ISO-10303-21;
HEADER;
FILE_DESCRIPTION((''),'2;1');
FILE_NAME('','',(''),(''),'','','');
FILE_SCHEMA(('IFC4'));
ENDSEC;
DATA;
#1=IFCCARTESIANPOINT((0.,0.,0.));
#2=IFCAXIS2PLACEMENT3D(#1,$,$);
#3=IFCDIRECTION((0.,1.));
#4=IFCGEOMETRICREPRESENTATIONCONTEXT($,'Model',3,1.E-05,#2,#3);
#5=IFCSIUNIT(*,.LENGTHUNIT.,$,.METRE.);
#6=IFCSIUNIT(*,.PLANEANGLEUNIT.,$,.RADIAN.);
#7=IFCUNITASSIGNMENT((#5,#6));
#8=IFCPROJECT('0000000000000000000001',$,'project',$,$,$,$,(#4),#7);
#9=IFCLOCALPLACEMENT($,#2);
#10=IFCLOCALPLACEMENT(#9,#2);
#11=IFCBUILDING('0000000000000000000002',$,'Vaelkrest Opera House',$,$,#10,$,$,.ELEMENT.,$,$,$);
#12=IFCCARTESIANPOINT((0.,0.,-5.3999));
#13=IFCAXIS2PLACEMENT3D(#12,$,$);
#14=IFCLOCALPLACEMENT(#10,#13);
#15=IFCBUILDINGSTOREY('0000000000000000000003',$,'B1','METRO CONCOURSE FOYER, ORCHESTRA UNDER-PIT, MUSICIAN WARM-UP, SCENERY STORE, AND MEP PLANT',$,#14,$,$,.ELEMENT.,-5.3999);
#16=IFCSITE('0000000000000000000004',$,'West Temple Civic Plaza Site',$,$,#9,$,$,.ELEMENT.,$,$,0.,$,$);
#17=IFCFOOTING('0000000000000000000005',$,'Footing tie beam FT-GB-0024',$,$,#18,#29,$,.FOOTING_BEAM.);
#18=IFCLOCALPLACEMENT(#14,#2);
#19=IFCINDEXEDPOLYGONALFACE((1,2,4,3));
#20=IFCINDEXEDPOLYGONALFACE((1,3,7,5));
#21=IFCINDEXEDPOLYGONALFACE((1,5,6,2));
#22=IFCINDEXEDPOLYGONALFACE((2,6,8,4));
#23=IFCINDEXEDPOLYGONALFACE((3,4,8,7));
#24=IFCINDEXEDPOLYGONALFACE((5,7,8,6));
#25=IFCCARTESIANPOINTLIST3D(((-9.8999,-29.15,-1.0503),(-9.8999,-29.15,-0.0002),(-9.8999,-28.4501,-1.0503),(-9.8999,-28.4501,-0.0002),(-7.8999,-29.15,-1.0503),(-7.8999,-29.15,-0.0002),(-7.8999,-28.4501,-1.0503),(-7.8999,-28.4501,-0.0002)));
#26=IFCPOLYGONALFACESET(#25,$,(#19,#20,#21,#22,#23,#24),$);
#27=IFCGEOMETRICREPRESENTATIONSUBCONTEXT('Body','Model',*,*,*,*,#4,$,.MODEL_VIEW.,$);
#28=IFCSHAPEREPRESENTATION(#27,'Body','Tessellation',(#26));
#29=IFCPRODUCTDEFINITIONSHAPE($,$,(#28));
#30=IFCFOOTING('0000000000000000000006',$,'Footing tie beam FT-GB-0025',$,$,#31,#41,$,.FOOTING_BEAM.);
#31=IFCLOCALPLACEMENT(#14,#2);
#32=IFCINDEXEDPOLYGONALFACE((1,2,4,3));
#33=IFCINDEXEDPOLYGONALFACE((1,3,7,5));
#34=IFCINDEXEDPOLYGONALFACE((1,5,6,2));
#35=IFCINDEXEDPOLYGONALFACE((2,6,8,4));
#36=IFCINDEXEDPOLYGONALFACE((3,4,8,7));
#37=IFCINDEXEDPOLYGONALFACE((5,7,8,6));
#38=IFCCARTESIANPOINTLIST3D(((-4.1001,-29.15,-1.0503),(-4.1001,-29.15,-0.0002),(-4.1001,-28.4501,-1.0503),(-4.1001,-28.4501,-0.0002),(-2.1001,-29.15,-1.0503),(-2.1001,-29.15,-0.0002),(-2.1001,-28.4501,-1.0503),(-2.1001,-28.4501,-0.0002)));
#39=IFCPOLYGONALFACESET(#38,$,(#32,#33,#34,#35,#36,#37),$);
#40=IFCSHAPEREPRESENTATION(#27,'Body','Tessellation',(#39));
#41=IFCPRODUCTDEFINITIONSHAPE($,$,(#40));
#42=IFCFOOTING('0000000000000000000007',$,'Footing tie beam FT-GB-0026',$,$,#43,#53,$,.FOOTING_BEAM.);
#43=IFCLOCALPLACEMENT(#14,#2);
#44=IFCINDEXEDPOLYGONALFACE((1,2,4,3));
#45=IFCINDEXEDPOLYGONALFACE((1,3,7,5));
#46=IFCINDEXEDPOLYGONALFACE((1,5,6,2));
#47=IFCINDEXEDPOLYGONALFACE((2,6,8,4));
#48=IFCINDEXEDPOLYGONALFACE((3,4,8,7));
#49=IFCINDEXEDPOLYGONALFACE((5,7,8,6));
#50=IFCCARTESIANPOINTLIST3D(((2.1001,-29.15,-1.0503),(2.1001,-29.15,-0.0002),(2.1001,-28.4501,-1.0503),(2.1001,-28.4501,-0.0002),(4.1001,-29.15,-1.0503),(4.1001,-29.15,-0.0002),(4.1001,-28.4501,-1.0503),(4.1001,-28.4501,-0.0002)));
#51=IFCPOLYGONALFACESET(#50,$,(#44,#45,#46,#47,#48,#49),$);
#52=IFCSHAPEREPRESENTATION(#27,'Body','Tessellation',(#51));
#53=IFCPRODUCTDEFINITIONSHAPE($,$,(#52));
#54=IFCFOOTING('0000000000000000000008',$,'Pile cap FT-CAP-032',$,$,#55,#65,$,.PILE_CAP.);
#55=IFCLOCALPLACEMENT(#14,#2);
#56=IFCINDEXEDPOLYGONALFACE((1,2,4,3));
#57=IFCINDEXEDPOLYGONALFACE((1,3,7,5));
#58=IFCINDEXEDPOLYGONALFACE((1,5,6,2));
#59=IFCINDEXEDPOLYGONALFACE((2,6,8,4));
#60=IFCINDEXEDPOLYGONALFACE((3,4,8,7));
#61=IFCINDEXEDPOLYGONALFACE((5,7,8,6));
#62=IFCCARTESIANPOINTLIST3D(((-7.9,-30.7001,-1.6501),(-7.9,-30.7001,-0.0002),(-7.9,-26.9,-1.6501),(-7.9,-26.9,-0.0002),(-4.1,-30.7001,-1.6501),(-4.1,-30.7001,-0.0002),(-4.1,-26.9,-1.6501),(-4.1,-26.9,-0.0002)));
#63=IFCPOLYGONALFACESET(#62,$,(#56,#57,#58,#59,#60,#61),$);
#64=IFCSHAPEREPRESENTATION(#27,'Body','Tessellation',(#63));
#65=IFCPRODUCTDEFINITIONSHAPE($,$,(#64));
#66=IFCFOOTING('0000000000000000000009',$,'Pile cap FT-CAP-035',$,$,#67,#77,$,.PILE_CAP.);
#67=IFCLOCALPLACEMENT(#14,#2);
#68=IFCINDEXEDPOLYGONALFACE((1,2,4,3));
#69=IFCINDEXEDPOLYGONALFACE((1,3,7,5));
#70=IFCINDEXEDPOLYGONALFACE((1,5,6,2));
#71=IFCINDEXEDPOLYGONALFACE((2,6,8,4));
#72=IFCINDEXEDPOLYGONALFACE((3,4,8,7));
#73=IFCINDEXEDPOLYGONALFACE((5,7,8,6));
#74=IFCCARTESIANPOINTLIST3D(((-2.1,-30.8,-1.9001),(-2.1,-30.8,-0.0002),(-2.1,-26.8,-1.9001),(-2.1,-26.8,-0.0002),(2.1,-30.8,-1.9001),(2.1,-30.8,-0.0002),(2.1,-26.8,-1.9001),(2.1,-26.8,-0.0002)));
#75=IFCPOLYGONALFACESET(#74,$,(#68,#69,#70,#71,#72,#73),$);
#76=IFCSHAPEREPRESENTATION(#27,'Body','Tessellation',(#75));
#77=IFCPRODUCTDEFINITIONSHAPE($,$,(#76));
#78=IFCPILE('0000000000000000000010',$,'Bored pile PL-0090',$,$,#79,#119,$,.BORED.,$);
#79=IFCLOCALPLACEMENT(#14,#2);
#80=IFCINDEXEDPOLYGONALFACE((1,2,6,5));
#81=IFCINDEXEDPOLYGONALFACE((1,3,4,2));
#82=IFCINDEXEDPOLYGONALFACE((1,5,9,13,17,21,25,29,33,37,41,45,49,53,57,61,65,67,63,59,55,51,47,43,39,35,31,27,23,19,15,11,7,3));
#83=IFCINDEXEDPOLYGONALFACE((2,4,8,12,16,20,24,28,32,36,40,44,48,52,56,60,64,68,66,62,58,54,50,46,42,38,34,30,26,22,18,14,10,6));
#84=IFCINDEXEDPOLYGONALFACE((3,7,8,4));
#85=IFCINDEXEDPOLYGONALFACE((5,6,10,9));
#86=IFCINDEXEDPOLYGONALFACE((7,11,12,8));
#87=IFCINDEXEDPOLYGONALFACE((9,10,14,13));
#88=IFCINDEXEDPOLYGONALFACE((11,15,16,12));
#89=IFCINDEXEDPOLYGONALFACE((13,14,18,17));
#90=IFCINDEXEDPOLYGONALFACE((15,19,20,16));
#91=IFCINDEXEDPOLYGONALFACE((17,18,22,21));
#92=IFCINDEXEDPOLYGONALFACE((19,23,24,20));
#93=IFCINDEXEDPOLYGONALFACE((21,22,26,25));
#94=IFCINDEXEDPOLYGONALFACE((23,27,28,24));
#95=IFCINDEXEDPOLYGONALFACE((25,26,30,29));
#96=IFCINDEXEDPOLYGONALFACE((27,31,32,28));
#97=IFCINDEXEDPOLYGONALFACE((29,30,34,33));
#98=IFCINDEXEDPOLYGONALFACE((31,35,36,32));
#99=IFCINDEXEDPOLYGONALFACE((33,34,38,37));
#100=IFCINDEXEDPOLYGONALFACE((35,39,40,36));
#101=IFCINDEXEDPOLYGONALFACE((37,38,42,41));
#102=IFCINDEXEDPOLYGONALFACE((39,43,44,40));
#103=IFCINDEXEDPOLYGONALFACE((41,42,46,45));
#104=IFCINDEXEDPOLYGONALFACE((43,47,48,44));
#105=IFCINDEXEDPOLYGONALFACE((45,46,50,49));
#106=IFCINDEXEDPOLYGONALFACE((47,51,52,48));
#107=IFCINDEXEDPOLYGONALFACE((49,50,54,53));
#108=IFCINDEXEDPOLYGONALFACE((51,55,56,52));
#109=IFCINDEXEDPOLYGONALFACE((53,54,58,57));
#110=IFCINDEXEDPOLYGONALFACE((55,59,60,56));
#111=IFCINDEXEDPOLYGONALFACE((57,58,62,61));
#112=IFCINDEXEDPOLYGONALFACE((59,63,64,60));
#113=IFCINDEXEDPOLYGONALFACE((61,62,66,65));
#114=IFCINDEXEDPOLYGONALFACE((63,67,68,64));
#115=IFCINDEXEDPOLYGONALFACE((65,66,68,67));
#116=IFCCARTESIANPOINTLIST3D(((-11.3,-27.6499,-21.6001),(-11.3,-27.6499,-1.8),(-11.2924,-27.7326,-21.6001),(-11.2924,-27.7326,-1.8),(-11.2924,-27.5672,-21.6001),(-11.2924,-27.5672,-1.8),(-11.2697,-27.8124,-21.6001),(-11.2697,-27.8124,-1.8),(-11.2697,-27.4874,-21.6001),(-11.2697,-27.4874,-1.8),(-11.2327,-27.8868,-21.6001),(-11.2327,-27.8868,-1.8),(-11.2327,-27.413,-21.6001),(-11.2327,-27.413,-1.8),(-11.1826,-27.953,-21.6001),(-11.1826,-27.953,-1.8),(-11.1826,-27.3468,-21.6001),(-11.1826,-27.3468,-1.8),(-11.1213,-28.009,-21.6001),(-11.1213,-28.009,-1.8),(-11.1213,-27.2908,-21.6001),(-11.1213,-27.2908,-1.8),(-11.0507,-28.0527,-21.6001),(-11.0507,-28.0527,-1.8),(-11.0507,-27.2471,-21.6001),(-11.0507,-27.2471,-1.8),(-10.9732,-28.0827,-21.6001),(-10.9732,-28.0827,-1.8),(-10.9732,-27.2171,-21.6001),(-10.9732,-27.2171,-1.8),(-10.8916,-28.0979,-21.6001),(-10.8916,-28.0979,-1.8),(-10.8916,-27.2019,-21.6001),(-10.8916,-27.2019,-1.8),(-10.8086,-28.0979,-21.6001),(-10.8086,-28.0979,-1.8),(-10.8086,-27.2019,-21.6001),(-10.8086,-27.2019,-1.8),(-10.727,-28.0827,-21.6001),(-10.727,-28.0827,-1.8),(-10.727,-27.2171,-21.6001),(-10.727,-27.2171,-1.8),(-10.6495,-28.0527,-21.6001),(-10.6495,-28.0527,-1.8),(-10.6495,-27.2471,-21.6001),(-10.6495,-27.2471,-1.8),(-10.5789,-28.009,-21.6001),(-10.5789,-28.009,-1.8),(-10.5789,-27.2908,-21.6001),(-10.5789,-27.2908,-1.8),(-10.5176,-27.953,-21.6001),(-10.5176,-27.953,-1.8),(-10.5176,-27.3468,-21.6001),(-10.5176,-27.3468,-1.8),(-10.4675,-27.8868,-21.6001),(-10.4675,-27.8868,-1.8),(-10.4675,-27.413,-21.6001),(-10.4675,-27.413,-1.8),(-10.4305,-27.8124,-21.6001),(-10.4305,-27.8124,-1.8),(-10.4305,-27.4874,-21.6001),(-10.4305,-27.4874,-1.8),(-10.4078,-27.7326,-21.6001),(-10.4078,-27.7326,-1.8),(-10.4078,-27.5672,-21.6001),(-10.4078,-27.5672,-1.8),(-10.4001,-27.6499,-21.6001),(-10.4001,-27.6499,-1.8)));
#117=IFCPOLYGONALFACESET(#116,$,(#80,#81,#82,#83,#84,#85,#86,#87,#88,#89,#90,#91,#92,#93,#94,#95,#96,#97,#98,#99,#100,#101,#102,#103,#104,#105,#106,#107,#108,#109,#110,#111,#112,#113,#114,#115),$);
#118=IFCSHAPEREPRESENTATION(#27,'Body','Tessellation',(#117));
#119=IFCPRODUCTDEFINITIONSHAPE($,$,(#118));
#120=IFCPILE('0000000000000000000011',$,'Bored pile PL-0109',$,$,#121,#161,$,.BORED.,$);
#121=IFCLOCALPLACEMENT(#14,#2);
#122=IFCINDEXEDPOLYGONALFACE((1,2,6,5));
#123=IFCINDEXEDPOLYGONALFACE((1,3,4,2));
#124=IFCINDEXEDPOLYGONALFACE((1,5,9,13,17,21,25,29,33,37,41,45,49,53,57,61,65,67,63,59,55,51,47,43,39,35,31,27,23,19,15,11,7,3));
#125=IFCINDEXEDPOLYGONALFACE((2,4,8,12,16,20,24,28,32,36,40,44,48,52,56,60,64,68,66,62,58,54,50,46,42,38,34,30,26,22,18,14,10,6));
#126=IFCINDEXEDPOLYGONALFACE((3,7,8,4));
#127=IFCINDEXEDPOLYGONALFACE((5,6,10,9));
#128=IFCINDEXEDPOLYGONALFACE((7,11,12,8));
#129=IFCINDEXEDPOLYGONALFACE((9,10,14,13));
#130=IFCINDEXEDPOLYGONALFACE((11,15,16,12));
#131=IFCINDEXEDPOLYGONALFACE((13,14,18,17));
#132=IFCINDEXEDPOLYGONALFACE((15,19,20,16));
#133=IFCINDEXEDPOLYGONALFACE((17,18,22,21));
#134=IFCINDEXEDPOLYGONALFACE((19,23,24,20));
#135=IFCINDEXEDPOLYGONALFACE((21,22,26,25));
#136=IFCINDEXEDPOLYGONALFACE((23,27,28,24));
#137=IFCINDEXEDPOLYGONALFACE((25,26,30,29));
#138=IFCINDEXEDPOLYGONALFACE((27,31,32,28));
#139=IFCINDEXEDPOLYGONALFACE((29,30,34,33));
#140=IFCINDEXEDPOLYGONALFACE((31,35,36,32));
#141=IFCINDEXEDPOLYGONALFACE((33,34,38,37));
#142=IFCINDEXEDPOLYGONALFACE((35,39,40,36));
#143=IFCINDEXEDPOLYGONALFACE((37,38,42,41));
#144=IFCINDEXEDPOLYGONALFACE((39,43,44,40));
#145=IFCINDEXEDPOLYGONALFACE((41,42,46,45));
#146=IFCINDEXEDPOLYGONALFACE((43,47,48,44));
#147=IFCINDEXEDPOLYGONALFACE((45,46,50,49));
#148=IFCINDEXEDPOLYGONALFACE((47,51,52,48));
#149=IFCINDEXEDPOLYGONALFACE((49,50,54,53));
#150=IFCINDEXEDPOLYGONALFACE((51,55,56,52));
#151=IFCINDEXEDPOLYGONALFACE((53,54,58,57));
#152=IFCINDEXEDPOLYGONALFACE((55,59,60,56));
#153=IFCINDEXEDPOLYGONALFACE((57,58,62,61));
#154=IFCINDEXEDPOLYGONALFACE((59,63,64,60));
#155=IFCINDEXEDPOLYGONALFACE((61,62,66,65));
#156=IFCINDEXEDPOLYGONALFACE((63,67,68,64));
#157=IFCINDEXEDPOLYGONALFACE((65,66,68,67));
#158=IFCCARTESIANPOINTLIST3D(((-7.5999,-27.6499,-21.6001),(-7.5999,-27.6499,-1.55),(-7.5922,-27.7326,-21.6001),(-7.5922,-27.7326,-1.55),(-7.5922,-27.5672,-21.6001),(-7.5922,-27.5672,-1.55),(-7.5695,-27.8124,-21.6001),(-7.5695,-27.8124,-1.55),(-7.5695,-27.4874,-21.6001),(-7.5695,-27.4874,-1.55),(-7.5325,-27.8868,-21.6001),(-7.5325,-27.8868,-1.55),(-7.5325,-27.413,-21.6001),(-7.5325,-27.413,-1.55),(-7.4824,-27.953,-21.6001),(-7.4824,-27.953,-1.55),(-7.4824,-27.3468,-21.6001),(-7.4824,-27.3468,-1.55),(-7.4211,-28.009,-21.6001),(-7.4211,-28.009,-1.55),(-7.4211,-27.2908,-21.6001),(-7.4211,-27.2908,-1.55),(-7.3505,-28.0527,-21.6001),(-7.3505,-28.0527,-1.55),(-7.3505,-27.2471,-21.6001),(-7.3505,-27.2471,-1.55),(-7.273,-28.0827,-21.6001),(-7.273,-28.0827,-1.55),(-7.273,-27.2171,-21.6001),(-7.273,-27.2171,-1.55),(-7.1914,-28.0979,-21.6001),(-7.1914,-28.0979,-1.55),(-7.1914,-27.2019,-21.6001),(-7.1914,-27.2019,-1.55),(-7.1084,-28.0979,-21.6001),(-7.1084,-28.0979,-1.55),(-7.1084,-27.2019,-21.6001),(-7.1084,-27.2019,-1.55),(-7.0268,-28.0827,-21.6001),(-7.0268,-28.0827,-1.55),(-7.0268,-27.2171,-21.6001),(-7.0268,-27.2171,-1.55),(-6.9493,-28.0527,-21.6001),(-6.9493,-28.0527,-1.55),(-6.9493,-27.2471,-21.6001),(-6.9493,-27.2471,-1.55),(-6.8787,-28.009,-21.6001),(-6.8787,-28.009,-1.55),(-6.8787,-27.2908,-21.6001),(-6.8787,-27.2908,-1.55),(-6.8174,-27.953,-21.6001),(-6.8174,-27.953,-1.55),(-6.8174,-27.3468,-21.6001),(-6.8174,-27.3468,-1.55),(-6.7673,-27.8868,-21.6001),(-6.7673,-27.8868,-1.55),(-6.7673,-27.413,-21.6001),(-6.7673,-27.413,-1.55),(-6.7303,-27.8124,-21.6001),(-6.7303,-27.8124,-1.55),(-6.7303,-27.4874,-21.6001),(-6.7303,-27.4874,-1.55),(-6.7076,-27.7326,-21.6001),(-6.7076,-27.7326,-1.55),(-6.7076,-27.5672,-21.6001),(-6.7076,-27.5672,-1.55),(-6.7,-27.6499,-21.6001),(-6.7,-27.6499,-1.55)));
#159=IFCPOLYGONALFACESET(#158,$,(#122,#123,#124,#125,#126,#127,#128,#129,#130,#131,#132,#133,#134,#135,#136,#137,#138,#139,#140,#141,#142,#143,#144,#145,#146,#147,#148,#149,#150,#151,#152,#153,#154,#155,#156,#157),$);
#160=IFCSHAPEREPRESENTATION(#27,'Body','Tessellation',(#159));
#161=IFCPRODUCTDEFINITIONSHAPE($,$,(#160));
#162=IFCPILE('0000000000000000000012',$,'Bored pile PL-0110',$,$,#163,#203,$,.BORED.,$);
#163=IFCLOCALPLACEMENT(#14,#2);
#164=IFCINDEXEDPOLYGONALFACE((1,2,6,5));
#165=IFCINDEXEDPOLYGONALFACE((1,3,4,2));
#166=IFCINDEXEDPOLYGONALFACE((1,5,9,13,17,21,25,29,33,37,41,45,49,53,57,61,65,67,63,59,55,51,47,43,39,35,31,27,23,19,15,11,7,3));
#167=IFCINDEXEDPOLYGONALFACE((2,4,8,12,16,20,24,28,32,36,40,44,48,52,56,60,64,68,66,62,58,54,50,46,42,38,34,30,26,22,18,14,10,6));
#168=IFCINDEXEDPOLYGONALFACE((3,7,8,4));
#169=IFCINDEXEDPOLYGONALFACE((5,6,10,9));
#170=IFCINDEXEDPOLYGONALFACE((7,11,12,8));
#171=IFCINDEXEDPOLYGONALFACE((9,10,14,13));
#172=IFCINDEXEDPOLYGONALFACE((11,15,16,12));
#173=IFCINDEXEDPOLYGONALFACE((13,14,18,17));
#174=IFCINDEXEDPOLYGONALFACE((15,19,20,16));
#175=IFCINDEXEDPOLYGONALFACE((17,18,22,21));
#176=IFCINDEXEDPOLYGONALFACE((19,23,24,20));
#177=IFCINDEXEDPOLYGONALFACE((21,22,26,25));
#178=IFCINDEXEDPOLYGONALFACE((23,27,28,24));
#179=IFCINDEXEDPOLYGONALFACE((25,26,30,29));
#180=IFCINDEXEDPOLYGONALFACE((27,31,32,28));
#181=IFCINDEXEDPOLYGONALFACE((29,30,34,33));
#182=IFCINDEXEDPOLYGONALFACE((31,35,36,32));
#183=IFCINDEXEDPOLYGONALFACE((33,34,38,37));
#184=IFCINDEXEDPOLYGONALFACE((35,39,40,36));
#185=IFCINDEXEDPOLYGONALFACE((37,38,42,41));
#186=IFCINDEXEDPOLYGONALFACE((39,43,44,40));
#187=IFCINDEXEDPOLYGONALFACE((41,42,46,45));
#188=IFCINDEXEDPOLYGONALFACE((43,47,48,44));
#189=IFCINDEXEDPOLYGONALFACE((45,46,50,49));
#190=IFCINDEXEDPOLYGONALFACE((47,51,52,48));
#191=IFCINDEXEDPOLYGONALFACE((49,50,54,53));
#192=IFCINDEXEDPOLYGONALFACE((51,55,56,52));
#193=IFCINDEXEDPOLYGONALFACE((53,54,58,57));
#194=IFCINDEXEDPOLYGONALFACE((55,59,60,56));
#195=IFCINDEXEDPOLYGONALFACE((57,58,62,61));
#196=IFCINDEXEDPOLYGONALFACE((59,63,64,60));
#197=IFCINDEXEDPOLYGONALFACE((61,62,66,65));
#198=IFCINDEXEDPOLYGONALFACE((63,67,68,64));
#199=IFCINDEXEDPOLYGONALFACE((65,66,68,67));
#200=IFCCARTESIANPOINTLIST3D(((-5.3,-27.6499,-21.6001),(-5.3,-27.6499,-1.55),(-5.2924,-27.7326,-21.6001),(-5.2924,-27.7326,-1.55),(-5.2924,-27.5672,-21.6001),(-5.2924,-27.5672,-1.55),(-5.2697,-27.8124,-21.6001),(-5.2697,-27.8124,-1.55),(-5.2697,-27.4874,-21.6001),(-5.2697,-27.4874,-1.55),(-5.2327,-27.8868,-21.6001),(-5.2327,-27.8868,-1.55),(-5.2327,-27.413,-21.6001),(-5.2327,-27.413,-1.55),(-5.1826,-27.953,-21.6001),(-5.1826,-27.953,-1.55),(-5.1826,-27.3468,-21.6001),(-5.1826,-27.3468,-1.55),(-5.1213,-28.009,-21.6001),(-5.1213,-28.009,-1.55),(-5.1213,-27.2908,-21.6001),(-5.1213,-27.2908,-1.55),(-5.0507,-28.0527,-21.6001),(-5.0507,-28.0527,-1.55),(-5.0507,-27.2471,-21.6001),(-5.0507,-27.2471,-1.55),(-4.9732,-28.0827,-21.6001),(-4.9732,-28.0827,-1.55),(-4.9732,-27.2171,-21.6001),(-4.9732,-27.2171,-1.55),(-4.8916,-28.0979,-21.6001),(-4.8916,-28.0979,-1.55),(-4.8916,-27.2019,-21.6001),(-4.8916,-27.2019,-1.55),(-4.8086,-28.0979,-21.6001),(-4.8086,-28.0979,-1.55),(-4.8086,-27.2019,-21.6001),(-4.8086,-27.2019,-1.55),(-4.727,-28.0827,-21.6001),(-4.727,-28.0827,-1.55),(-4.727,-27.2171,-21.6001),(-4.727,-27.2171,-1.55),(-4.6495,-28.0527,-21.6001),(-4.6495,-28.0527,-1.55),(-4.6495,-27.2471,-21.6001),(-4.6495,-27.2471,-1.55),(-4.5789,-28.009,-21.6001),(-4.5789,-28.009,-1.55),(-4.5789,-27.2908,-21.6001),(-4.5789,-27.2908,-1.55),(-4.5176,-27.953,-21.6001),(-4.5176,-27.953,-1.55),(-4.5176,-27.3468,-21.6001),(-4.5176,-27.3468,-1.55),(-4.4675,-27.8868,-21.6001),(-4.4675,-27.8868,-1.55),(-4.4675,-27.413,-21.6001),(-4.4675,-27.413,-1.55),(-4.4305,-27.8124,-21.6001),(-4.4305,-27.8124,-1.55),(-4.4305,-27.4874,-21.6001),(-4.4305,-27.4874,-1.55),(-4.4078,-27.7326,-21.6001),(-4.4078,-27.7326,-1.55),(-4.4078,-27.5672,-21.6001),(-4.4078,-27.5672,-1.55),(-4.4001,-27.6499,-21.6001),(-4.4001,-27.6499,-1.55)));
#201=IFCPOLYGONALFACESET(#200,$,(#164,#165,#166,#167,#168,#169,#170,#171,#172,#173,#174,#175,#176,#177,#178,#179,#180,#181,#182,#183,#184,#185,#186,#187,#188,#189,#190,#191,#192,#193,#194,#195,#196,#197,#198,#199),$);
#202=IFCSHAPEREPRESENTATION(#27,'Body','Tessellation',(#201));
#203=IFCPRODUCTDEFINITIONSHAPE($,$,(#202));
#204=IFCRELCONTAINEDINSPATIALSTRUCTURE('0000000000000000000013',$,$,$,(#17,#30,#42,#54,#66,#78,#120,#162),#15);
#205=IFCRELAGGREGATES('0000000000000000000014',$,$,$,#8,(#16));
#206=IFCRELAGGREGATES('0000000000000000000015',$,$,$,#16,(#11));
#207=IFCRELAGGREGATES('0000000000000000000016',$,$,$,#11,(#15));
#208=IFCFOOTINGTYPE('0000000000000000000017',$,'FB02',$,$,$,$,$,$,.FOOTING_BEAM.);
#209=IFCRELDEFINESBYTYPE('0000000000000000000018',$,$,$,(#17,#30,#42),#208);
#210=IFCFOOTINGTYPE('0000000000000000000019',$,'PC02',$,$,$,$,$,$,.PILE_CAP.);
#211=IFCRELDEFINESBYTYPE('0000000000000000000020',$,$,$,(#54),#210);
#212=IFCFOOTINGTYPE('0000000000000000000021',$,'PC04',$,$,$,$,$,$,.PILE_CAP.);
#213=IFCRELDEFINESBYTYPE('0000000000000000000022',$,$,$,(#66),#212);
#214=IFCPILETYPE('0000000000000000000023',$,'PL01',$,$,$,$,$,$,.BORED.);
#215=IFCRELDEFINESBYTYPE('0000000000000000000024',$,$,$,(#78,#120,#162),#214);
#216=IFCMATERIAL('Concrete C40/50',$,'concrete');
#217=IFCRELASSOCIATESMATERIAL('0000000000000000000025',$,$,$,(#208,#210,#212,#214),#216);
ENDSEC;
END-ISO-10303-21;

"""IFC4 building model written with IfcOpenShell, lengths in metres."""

from ifc_helpers import new_model, si_unit, direction, frame, origin, origin_2d, place, context, subcontext, project, spatial, rectangle, circle, extrude, material, material_profile, profile_set, type_object, element, save


model = new_model("IFC4")

# Units and contexts
model_context = context("Model", 3, precision=1e-05, world=origin(), true_north=direction((0.0, 1.0)))
body_context = subcontext(model_context, "Body", "Model", "MODEL_VIEW")
ifc_project = project(units=[si_unit("LENGTHUNIT", "METRE"), si_unit("PLANEANGLEUNIT", "RADIAN")], contexts=[model_context])

# Site, building, storey
site_placement = place(None, origin())
site = spatial("IfcSite", under=ifc_project, at=site_placement, Name="West Temple Civic Plaza Site", CompositionType="ELEMENT", RefElevation=0.0)
building_placement = place(site_placement, origin())
building = spatial("IfcBuilding", under=site, at=building_placement, Name="Vaelkrest Opera House", CompositionType="ELEMENT")
storey_placement = place(building_placement, frame((0.0, 0.0, -5.3999)))
storey = spatial("IfcBuildingStorey", under=building, at=storey_placement, Name="B1", Description="METRO CONCOURSE FOYER, ORCHESTRA UNDER-PIT, MUSICIAN WARM-UP, SCENERY STORE, AND MEP PLANT", CompositionType="ELEMENT", Elevation=-5.3999)

# Footings
ifc_material_1 = material(Name="Concrete C40/50", Category="concrete")
footing_type_1 = type_object("IfcFootingType", Name="FB02", PredefinedType="FOOTING_BEAM", material=ifc_material_1)
for number, where, z_axis, x_axis, name in (
    (1, (-8.8999, -28.8, -1.0503), (0.0, 0.0, 1.0), (1.0, 0.0, 0.0), "Footing tie beam FT-GB-0024"),
    (2, (-3.1001, -28.8, -1.0503), (0.0, 0.0, 1.0), (1.0, 0.0, 0.0), "Footing tie beam FT-GB-0025"),
    (3, (3.1001, -28.8, -1.0503), (0.0, 0.0, 1.0), (1.0, 0.0, 0.0), "Footing tie beam FT-GB-0026"),
):
    element("IfcFooting", number, at=place(storey_placement, frame(where, z_axis=z_axis, x_axis=x_axis)), inside=storey, type_object=footing_type_1, Name=name, PredefinedType="FOOTING_BEAM", context=body_context, shape_type="SweptSolid", body=[
        extrude(rectangle(XDim=2.0, YDim=0.7, at=origin_2d()), origin(), (0.0, 0.0, 1.0), 1.05),
    ])
footing_type_2 = type_object("IfcFootingType", Name="PC02", PredefinedType="PILE_CAP", material=ifc_material_1)
footing_1_placement = place(storey_placement, frame((-6.0, -28.8, -1.6501), z_axis=(0.0, 0.0, 1.0), x_axis=(1.0, 0.0, 0.0)))
element("IfcFooting", 4, at=footing_1_placement, inside=storey, type_object=footing_type_2, Name="Pile cap FT-CAP-032", PredefinedType="PILE_CAP", context=body_context, shape_type="SweptSolid", body=[
    extrude(rectangle(XDim=3.8, YDim=3.8, at=origin_2d()), origin(), (0.0, 0.0, 1.0), 1.6499),
])
footing_type_3 = type_object("IfcFootingType", Name="PC04", PredefinedType="PILE_CAP", material=ifc_material_1)
footing_2_placement = place(storey_placement, frame((0.0, -28.8, -1.9001), z_axis=(0.0, 0.0, 1.0), x_axis=(1.0, 0.0, 0.0)))
element("IfcFooting", 5, at=footing_2_placement, inside=storey, type_object=footing_type_3, Name="Pile cap FT-CAP-035", PredefinedType="PILE_CAP", context=body_context, shape_type="SweptSolid", body=[
    extrude(rectangle(XDim=4.2, YDim=4.0, at=origin_2d()), origin(), (0.0, 0.0, 1.0), 1.8999),
])

# Piles
ifc_material_profile_1 = material_profile(ifc_material_1, circle(Radius=0.45, at=origin_2d()), Name="PILE900")
ifc_profile_set_1 = profile_set([ifc_material_profile_1], Name="Concrete C40/50")
pile_type = type_object("IfcPileType", Name="PL01", PredefinedType="BORED", material=ifc_profile_set_1)
pile_1_placement = place(storey_placement, frame((-10.8501, -27.6499, -1.8), z_axis=(0.0, 0.0, -1.0), x_axis=(1.0, 0.0, 0.0)))
element("IfcPile", 6, at=pile_1_placement, inside=storey, type_object=pile_type, Name="Bored pile PL-0090", PredefinedType="BORED", context=body_context, shape_type="SweptSolid", body=[
    extrude(circle(Radius=0.45, at=origin_2d()), origin(), (0.0, 0.0, 1.0), 19.8),
])
for number, where, z_axis, x_axis, name in (
    (7, (-7.1499, -27.6499, -1.55), (0.0, 0.0, -1.0), (1.0, 0.0, 0.0), "Bored pile PL-0109"),
    (8, (-4.8501, -27.6499, -1.55), (0.0, 0.0, -1.0), (1.0, 0.0, 0.0), "Bored pile PL-0110"),
):
    element("IfcPile", number, at=place(storey_placement, frame(where, z_axis=z_axis, x_axis=x_axis)), inside=storey, type_object=pile_type, Name=name, PredefinedType="BORED", context=body_context, shape_type="SweptSolid", body=[
        extrude(circle(Radius=0.45, at=origin_2d()), origin(), (0.0, 0.0, 1.0), 20.05),
    ])

save(model, "model.ifc")
